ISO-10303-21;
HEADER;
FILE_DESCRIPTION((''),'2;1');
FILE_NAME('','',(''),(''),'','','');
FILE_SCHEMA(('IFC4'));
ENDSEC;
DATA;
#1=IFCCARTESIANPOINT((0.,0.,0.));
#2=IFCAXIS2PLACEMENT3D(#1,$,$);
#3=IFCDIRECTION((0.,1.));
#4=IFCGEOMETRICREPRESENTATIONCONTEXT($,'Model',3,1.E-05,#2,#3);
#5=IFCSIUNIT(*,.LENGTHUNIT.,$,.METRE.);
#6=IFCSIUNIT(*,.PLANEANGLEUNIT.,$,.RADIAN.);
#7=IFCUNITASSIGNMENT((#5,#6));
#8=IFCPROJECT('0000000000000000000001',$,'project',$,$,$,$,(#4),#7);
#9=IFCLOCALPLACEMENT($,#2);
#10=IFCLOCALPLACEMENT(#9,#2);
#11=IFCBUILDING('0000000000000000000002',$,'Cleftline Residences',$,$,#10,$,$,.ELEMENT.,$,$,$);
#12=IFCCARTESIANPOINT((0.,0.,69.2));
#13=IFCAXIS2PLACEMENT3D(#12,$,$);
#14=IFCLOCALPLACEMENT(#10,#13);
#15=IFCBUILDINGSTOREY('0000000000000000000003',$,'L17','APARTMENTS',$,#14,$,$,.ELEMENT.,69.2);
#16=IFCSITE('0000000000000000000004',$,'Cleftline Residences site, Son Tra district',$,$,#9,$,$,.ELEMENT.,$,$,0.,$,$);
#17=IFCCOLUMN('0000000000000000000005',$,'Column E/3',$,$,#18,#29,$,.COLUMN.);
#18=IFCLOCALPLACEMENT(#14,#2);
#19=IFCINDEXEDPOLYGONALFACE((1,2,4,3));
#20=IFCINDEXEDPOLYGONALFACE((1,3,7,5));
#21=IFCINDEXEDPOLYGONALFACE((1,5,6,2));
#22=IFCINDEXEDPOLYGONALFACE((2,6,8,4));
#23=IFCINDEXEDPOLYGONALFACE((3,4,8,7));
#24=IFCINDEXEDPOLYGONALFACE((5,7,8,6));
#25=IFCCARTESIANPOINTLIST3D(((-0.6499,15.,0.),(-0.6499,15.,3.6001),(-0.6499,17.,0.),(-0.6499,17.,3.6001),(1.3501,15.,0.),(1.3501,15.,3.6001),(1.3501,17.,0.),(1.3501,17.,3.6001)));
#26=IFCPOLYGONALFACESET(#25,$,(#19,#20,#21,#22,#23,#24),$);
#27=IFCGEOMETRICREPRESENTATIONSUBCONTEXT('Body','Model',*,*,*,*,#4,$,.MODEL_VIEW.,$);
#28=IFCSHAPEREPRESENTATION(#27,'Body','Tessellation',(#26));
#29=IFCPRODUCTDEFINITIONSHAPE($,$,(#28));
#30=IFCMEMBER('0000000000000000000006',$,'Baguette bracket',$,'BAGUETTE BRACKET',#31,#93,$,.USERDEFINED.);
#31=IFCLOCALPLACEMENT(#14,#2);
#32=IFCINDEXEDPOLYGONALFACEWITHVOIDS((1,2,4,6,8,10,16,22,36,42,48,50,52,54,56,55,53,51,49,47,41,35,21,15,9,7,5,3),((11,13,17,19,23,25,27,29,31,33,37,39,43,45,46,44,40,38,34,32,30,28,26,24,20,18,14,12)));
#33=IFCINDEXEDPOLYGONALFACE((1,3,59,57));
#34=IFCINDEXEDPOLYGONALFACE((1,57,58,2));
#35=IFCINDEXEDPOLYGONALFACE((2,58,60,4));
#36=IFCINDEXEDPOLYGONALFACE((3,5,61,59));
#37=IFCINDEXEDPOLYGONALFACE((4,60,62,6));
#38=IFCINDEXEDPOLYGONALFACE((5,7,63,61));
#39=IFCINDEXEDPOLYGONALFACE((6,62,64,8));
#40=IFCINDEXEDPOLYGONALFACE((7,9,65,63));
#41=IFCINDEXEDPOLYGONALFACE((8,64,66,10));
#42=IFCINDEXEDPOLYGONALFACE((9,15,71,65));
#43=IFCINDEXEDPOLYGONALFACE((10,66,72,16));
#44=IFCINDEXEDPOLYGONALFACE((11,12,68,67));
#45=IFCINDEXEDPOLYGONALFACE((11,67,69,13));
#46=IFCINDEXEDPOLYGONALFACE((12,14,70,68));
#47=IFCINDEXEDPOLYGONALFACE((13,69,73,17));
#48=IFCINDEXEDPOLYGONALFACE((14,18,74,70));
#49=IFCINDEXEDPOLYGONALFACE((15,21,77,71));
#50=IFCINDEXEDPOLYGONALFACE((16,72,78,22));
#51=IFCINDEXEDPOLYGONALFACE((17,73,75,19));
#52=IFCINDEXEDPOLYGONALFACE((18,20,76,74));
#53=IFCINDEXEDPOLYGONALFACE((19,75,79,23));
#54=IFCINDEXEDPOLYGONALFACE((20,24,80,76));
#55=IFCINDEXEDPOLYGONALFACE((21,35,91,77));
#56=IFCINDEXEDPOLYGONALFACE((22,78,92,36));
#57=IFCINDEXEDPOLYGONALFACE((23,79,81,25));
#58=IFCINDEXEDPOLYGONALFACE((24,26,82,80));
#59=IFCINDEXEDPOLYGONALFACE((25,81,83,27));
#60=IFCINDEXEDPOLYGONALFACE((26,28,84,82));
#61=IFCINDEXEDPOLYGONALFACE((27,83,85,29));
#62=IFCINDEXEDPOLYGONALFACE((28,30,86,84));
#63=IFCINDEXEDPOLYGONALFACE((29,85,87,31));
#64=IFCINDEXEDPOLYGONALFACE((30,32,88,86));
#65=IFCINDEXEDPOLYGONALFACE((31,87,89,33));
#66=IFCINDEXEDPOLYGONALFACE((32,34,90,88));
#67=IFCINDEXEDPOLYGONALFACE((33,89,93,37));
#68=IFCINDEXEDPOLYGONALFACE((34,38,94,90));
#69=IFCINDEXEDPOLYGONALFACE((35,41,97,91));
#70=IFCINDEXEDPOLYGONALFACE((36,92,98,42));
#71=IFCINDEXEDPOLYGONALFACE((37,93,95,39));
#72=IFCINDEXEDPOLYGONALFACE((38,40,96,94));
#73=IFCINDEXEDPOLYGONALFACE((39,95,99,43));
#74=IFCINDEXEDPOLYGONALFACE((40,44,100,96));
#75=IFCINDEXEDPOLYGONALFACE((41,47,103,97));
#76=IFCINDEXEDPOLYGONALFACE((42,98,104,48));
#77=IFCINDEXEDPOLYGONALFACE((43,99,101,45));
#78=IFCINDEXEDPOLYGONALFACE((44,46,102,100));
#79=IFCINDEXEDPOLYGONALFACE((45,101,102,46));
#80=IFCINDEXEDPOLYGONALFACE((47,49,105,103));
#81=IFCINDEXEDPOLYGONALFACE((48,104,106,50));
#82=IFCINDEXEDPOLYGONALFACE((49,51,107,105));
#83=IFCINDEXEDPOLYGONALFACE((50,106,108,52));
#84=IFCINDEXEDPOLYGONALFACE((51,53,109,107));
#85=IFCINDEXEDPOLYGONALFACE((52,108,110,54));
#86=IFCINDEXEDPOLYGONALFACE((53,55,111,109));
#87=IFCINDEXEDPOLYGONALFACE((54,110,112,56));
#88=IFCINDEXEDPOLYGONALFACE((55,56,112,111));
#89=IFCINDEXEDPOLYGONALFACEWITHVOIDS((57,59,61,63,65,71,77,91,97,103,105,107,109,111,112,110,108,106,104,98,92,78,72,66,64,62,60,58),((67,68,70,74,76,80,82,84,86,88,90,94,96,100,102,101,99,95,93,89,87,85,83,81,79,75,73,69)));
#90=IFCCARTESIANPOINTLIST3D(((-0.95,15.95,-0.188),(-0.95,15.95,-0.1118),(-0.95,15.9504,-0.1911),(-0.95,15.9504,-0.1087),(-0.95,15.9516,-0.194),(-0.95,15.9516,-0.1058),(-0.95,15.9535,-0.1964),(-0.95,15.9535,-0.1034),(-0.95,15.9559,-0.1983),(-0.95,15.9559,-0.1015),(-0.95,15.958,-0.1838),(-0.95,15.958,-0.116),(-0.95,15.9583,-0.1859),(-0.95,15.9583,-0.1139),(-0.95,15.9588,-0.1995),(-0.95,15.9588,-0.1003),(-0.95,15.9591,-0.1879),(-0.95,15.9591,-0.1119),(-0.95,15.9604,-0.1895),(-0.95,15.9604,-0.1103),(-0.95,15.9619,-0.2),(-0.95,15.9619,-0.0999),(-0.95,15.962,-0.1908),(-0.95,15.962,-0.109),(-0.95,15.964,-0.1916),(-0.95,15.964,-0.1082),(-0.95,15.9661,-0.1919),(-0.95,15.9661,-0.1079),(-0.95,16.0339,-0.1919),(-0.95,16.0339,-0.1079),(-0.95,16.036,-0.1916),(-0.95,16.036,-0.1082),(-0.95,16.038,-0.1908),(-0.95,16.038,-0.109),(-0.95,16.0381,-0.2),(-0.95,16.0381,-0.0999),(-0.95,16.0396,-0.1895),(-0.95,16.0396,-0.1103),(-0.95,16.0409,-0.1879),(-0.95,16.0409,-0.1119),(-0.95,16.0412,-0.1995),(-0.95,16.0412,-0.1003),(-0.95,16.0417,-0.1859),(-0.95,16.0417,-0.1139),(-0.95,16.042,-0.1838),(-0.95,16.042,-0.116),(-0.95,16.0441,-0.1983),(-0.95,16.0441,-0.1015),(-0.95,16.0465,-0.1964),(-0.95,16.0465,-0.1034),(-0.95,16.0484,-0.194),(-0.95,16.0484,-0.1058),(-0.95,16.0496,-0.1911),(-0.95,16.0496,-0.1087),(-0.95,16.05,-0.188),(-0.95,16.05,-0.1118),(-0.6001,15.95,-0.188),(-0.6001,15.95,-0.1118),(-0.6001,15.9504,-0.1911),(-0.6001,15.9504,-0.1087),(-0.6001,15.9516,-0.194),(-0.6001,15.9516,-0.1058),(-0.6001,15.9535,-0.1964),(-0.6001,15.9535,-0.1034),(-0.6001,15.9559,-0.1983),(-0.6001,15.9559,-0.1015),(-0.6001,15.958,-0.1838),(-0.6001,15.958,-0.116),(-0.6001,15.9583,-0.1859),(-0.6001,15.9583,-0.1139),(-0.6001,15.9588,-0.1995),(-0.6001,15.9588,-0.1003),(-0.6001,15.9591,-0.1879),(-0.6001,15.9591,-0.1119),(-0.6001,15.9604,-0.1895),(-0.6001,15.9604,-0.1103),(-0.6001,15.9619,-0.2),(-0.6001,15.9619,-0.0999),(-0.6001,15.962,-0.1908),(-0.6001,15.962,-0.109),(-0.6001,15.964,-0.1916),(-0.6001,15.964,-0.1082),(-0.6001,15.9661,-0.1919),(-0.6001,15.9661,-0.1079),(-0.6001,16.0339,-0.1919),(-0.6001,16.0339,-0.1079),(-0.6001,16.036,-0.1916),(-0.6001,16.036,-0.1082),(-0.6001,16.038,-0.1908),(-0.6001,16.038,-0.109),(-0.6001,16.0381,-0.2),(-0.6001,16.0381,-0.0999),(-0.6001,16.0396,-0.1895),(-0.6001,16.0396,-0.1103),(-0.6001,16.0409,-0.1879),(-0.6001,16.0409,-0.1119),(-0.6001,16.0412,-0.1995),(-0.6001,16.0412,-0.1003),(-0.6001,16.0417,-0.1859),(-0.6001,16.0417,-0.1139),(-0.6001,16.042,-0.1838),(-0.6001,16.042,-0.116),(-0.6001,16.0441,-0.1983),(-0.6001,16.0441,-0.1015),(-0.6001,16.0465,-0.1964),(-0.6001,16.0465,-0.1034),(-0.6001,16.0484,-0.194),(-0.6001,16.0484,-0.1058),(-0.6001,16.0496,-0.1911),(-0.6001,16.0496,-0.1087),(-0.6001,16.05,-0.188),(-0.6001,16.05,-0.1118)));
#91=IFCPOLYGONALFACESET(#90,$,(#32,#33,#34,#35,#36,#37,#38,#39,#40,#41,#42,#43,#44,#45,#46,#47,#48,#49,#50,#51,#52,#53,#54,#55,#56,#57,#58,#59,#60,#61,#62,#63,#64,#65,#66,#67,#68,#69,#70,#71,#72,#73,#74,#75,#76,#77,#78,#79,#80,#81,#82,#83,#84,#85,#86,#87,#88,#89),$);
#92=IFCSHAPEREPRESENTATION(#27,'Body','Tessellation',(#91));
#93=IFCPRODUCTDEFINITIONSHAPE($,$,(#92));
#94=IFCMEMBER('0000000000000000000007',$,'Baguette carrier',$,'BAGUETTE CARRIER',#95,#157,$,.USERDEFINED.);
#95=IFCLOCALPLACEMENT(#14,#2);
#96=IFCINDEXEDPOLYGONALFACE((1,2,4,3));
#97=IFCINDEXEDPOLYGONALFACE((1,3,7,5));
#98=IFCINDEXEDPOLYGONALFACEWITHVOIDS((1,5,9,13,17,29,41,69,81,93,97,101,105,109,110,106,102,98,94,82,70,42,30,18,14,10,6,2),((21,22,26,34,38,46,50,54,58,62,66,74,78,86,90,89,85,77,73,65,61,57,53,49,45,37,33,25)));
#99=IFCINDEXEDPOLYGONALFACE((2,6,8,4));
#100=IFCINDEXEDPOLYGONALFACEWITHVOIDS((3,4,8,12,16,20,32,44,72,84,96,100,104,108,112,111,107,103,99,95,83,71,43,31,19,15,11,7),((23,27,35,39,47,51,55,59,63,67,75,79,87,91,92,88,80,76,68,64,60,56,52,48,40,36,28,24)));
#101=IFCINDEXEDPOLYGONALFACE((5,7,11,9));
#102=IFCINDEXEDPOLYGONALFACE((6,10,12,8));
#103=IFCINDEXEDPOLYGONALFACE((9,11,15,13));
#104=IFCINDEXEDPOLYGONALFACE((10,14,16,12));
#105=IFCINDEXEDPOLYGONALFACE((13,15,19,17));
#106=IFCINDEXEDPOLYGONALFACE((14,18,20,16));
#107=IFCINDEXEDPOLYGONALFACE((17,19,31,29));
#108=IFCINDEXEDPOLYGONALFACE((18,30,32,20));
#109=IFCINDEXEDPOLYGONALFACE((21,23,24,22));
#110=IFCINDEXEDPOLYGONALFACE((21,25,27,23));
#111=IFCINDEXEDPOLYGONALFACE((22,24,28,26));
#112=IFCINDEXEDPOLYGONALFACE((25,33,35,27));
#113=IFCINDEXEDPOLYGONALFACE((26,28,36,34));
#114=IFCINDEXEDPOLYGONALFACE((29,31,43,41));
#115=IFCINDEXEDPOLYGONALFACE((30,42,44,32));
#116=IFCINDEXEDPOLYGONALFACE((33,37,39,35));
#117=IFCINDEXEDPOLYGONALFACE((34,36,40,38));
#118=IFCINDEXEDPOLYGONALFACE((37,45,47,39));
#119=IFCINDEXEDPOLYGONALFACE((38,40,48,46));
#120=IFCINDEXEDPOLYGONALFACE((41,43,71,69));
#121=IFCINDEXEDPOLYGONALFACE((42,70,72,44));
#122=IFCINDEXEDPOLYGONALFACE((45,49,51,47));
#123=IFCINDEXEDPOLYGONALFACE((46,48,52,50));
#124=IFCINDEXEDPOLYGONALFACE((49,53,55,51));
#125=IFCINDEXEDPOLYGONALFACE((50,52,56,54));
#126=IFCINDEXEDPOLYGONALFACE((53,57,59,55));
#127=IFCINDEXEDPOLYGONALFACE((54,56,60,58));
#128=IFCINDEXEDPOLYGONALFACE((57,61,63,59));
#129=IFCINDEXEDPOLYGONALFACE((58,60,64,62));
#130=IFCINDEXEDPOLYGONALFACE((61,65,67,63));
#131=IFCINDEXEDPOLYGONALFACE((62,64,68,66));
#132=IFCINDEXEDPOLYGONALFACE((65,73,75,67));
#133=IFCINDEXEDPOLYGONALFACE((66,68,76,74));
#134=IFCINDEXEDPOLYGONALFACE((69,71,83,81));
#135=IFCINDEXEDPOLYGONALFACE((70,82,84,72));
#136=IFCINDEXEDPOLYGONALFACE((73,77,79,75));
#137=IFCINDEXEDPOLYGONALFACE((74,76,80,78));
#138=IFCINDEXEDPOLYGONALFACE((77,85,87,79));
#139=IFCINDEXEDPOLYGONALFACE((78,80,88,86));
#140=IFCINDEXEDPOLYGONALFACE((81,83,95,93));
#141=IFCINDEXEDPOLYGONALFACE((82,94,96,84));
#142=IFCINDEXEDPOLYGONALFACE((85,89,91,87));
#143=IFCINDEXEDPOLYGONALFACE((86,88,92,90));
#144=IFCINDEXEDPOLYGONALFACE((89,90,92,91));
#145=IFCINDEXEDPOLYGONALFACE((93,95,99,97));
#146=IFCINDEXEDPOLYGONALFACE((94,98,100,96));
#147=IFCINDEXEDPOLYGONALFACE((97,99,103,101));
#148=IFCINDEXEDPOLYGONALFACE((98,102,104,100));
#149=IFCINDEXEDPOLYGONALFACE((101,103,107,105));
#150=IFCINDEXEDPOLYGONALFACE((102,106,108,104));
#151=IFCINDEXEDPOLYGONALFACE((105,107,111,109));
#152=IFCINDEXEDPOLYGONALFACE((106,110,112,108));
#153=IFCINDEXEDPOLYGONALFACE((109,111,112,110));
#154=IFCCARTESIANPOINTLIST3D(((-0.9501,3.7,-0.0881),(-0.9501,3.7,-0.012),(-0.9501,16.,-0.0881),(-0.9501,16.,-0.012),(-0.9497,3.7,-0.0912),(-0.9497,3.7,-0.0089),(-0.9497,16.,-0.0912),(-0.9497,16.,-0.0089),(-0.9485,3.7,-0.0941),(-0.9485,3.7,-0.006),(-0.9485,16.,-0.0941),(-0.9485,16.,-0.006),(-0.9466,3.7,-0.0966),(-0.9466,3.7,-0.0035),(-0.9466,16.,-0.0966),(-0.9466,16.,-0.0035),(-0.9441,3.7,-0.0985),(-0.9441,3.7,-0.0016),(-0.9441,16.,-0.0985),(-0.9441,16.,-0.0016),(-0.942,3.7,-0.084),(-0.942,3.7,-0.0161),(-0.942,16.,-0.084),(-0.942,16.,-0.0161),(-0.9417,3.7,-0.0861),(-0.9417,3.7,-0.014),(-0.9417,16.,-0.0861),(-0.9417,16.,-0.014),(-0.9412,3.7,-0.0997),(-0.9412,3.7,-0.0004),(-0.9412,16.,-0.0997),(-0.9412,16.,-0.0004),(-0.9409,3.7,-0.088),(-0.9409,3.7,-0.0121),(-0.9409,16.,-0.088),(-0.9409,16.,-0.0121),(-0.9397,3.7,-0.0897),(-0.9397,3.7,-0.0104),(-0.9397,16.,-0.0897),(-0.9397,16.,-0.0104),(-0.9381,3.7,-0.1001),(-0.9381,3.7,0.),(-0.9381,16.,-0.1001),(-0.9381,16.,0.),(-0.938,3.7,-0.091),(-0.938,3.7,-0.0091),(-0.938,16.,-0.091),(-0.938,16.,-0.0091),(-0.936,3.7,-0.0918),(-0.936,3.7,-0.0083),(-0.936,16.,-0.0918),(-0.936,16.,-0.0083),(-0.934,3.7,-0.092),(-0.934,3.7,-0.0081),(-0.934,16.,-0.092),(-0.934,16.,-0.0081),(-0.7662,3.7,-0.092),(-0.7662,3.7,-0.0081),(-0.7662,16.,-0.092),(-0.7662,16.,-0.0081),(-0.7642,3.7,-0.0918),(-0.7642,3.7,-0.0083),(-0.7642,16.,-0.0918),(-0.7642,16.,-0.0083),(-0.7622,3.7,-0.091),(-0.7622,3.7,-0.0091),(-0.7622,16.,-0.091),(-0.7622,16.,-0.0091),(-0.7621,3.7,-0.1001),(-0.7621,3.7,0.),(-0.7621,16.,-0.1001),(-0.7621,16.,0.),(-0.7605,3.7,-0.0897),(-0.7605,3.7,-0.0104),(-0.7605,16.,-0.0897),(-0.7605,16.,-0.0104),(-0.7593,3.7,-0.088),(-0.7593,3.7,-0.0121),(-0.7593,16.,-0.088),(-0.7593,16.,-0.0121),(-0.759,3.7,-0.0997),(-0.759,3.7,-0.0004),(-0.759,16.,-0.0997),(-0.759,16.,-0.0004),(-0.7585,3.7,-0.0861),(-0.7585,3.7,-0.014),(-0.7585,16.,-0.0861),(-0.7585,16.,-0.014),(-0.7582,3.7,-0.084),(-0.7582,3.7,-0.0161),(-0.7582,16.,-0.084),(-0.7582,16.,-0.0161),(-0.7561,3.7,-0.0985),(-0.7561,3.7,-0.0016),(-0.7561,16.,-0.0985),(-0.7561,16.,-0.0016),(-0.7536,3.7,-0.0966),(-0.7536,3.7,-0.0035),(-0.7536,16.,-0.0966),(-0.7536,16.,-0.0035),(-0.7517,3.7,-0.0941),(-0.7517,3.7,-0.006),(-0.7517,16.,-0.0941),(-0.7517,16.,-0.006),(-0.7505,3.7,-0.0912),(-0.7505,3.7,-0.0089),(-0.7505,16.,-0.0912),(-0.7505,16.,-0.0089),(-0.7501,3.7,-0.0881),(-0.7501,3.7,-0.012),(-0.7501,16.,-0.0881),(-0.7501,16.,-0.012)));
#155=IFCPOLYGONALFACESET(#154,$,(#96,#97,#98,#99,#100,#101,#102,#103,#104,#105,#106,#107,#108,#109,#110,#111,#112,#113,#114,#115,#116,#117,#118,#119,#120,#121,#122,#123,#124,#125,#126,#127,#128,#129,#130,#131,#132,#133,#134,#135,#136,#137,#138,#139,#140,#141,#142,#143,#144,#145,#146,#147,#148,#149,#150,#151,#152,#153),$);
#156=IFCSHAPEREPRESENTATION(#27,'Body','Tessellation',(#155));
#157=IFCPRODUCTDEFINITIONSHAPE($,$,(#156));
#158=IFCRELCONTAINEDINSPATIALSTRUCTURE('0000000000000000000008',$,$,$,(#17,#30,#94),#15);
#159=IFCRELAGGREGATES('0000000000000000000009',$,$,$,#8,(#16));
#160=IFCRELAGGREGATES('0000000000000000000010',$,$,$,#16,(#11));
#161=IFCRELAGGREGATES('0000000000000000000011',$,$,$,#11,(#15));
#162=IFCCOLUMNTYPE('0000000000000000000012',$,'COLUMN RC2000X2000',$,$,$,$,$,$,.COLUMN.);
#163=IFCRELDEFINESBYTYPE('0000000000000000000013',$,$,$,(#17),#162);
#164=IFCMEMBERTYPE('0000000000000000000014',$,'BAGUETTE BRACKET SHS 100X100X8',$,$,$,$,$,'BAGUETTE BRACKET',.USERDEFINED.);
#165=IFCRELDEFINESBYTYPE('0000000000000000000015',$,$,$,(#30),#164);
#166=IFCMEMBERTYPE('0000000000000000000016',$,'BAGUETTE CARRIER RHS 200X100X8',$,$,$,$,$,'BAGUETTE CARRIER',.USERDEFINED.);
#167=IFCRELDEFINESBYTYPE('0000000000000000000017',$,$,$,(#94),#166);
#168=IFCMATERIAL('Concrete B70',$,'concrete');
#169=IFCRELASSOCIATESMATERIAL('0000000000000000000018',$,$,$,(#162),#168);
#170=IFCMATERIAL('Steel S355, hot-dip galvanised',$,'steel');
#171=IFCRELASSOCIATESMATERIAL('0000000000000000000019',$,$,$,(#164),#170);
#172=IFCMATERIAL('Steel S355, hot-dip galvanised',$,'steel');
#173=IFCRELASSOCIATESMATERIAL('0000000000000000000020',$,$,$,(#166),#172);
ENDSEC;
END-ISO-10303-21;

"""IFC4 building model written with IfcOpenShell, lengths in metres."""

from ifc_helpers import new_model, si_unit, direction, frame, origin, origin_2d, place, context, subcontext, project, spatial, rectangle, hollow_rectangle, extrude, material, material_profile, profile_set, type_object, element, save


model = new_model("IFC4")

# Units and contexts
model_context = context("Model", 3, precision=1e-05, world=origin(), true_north=direction((0.0, 1.0)))
body_context = subcontext(model_context, "Body", "Model", "MODEL_VIEW")
ifc_project = project(units=[si_unit("LENGTHUNIT", "METRE"), si_unit("PLANEANGLEUNIT", "RADIAN")], contexts=[model_context])

# Site, building, storey
site_placement = place(None, origin())
site = spatial("IfcSite", under=ifc_project, at=site_placement, Name="Cleftline Residences site, Son Tra district", CompositionType="ELEMENT", RefElevation=0.0)
building_placement = place(site_placement, origin())
building = spatial("IfcBuilding", under=site, at=building_placement, Name="Cleftline Residences", CompositionType="ELEMENT")
storey_placement = place(building_placement, frame((0.0, 0.0, 69.2)))
storey = spatial("IfcBuildingStorey", under=building, at=storey_placement, Name="L17", Description="APARTMENTS", CompositionType="ELEMENT", Elevation=69.2)

# Column
ifc_material_1 = material(Name="Concrete B70", Category="concrete")
ifc_material_profile_1 = material_profile(ifc_material_1, rectangle(XDim=2.0, YDim=2.0, at=origin_2d()))
ifc_profile_set_1 = profile_set([ifc_material_profile_1], Name="Concrete B70")
column_type = type_object("IfcColumnType", Name="COLUMN RC2000X2000", PredefinedType="COLUMN", material=ifc_profile_set_1)
column_placement = place(storey_placement, frame((0.3501, 16.0, 0.0), z_axis=(0.0, 0.0, 1.0), x_axis=(1.0, 0.0, 0.0)))
element("IfcColumn", 1, at=column_placement, inside=storey, type_object=column_type, Name="Column E/3", PredefinedType="COLUMN", context=body_context, shape_type="SweptSolid", body=[
    extrude(rectangle(XDim=2.0, YDim=2.0, at=origin_2d()), origin(), (0.0, 0.0, 1.0), 3.6001),
])

# Members
ifc_material_2 = material(Name="Steel S355, hot-dip galvanised", Category="steel")
ifc_material_profile_2 = material_profile(ifc_material_2, hollow_rectangle(XDim=0.1001, YDim=0.1001, WallThickness=0.0081, InnerFilletRadius=0.0081, OuterFilletRadius=0.012, at=origin_2d()))
ifc_profile_set_2 = profile_set([ifc_material_profile_2], Name="Steel S355, hot-dip galvanised")
member_type_1 = type_object("IfcMemberType", Name="BAGUETTE BRACKET SHS 100X100X8", ElementType="BAGUETTE BRACKET", PredefinedType="USERDEFINED", material=ifc_profile_set_2)
member_1_placement = place(storey_placement, frame((-0.6001, 16.0, -0.1499), z_axis=(-1.0, 0.0, 0.0), x_axis=(0.0, -1.0, 0.0)))
element("IfcMember", 2, at=member_1_placement, inside=storey, type_object=member_type_1, Name="Baguette bracket", ObjectType="BAGUETTE BRACKET", PredefinedType="USERDEFINED", context=body_context, shape_type="SweptSolid", body=[
    extrude(hollow_rectangle(XDim=0.1001, YDim=0.1001, WallThickness=0.0081, InnerFilletRadius=0.0081, OuterFilletRadius=0.012, at=origin_2d()), origin(), (0.0, 0.0, 1.0), 0.3499),
])
ifc_material_3 = material(Name="Steel S355, hot-dip galvanised", Category="steel")
ifc_material_profile_3 = material_profile(ifc_material_3, hollow_rectangle(XDim=0.1001, YDim=0.2, WallThickness=0.0081, InnerFilletRadius=0.0081, OuterFilletRadius=0.012, at=origin_2d()))
ifc_profile_set_3 = profile_set([ifc_material_profile_3], Name="Steel S355, hot-dip galvanised")
member_type_2 = type_object("IfcMemberType", Name="BAGUETTE CARRIER RHS 200X100X8", ElementType="BAGUETTE CARRIER", PredefinedType="USERDEFINED", material=ifc_profile_set_3)
member_2_placement = place(storey_placement, frame((-0.8501, 16.0, -0.05), z_axis=(0.0, -1.0, 0.0), x_axis=(0.0, 0.0, 1.0)))
element("IfcMember", 3, at=member_2_placement, inside=storey, type_object=member_type_2, Name="Baguette carrier", ObjectType="BAGUETTE CARRIER", PredefinedType="USERDEFINED", context=body_context, shape_type="SweptSolid", body=[
    extrude(hollow_rectangle(XDim=0.1001, YDim=0.2, WallThickness=0.0081, InnerFilletRadius=0.0081, OuterFilletRadius=0.012, at=origin_2d()), origin(), (0.0, 0.0, 1.0), 12.3),
])

save(model, "model.ifc")
